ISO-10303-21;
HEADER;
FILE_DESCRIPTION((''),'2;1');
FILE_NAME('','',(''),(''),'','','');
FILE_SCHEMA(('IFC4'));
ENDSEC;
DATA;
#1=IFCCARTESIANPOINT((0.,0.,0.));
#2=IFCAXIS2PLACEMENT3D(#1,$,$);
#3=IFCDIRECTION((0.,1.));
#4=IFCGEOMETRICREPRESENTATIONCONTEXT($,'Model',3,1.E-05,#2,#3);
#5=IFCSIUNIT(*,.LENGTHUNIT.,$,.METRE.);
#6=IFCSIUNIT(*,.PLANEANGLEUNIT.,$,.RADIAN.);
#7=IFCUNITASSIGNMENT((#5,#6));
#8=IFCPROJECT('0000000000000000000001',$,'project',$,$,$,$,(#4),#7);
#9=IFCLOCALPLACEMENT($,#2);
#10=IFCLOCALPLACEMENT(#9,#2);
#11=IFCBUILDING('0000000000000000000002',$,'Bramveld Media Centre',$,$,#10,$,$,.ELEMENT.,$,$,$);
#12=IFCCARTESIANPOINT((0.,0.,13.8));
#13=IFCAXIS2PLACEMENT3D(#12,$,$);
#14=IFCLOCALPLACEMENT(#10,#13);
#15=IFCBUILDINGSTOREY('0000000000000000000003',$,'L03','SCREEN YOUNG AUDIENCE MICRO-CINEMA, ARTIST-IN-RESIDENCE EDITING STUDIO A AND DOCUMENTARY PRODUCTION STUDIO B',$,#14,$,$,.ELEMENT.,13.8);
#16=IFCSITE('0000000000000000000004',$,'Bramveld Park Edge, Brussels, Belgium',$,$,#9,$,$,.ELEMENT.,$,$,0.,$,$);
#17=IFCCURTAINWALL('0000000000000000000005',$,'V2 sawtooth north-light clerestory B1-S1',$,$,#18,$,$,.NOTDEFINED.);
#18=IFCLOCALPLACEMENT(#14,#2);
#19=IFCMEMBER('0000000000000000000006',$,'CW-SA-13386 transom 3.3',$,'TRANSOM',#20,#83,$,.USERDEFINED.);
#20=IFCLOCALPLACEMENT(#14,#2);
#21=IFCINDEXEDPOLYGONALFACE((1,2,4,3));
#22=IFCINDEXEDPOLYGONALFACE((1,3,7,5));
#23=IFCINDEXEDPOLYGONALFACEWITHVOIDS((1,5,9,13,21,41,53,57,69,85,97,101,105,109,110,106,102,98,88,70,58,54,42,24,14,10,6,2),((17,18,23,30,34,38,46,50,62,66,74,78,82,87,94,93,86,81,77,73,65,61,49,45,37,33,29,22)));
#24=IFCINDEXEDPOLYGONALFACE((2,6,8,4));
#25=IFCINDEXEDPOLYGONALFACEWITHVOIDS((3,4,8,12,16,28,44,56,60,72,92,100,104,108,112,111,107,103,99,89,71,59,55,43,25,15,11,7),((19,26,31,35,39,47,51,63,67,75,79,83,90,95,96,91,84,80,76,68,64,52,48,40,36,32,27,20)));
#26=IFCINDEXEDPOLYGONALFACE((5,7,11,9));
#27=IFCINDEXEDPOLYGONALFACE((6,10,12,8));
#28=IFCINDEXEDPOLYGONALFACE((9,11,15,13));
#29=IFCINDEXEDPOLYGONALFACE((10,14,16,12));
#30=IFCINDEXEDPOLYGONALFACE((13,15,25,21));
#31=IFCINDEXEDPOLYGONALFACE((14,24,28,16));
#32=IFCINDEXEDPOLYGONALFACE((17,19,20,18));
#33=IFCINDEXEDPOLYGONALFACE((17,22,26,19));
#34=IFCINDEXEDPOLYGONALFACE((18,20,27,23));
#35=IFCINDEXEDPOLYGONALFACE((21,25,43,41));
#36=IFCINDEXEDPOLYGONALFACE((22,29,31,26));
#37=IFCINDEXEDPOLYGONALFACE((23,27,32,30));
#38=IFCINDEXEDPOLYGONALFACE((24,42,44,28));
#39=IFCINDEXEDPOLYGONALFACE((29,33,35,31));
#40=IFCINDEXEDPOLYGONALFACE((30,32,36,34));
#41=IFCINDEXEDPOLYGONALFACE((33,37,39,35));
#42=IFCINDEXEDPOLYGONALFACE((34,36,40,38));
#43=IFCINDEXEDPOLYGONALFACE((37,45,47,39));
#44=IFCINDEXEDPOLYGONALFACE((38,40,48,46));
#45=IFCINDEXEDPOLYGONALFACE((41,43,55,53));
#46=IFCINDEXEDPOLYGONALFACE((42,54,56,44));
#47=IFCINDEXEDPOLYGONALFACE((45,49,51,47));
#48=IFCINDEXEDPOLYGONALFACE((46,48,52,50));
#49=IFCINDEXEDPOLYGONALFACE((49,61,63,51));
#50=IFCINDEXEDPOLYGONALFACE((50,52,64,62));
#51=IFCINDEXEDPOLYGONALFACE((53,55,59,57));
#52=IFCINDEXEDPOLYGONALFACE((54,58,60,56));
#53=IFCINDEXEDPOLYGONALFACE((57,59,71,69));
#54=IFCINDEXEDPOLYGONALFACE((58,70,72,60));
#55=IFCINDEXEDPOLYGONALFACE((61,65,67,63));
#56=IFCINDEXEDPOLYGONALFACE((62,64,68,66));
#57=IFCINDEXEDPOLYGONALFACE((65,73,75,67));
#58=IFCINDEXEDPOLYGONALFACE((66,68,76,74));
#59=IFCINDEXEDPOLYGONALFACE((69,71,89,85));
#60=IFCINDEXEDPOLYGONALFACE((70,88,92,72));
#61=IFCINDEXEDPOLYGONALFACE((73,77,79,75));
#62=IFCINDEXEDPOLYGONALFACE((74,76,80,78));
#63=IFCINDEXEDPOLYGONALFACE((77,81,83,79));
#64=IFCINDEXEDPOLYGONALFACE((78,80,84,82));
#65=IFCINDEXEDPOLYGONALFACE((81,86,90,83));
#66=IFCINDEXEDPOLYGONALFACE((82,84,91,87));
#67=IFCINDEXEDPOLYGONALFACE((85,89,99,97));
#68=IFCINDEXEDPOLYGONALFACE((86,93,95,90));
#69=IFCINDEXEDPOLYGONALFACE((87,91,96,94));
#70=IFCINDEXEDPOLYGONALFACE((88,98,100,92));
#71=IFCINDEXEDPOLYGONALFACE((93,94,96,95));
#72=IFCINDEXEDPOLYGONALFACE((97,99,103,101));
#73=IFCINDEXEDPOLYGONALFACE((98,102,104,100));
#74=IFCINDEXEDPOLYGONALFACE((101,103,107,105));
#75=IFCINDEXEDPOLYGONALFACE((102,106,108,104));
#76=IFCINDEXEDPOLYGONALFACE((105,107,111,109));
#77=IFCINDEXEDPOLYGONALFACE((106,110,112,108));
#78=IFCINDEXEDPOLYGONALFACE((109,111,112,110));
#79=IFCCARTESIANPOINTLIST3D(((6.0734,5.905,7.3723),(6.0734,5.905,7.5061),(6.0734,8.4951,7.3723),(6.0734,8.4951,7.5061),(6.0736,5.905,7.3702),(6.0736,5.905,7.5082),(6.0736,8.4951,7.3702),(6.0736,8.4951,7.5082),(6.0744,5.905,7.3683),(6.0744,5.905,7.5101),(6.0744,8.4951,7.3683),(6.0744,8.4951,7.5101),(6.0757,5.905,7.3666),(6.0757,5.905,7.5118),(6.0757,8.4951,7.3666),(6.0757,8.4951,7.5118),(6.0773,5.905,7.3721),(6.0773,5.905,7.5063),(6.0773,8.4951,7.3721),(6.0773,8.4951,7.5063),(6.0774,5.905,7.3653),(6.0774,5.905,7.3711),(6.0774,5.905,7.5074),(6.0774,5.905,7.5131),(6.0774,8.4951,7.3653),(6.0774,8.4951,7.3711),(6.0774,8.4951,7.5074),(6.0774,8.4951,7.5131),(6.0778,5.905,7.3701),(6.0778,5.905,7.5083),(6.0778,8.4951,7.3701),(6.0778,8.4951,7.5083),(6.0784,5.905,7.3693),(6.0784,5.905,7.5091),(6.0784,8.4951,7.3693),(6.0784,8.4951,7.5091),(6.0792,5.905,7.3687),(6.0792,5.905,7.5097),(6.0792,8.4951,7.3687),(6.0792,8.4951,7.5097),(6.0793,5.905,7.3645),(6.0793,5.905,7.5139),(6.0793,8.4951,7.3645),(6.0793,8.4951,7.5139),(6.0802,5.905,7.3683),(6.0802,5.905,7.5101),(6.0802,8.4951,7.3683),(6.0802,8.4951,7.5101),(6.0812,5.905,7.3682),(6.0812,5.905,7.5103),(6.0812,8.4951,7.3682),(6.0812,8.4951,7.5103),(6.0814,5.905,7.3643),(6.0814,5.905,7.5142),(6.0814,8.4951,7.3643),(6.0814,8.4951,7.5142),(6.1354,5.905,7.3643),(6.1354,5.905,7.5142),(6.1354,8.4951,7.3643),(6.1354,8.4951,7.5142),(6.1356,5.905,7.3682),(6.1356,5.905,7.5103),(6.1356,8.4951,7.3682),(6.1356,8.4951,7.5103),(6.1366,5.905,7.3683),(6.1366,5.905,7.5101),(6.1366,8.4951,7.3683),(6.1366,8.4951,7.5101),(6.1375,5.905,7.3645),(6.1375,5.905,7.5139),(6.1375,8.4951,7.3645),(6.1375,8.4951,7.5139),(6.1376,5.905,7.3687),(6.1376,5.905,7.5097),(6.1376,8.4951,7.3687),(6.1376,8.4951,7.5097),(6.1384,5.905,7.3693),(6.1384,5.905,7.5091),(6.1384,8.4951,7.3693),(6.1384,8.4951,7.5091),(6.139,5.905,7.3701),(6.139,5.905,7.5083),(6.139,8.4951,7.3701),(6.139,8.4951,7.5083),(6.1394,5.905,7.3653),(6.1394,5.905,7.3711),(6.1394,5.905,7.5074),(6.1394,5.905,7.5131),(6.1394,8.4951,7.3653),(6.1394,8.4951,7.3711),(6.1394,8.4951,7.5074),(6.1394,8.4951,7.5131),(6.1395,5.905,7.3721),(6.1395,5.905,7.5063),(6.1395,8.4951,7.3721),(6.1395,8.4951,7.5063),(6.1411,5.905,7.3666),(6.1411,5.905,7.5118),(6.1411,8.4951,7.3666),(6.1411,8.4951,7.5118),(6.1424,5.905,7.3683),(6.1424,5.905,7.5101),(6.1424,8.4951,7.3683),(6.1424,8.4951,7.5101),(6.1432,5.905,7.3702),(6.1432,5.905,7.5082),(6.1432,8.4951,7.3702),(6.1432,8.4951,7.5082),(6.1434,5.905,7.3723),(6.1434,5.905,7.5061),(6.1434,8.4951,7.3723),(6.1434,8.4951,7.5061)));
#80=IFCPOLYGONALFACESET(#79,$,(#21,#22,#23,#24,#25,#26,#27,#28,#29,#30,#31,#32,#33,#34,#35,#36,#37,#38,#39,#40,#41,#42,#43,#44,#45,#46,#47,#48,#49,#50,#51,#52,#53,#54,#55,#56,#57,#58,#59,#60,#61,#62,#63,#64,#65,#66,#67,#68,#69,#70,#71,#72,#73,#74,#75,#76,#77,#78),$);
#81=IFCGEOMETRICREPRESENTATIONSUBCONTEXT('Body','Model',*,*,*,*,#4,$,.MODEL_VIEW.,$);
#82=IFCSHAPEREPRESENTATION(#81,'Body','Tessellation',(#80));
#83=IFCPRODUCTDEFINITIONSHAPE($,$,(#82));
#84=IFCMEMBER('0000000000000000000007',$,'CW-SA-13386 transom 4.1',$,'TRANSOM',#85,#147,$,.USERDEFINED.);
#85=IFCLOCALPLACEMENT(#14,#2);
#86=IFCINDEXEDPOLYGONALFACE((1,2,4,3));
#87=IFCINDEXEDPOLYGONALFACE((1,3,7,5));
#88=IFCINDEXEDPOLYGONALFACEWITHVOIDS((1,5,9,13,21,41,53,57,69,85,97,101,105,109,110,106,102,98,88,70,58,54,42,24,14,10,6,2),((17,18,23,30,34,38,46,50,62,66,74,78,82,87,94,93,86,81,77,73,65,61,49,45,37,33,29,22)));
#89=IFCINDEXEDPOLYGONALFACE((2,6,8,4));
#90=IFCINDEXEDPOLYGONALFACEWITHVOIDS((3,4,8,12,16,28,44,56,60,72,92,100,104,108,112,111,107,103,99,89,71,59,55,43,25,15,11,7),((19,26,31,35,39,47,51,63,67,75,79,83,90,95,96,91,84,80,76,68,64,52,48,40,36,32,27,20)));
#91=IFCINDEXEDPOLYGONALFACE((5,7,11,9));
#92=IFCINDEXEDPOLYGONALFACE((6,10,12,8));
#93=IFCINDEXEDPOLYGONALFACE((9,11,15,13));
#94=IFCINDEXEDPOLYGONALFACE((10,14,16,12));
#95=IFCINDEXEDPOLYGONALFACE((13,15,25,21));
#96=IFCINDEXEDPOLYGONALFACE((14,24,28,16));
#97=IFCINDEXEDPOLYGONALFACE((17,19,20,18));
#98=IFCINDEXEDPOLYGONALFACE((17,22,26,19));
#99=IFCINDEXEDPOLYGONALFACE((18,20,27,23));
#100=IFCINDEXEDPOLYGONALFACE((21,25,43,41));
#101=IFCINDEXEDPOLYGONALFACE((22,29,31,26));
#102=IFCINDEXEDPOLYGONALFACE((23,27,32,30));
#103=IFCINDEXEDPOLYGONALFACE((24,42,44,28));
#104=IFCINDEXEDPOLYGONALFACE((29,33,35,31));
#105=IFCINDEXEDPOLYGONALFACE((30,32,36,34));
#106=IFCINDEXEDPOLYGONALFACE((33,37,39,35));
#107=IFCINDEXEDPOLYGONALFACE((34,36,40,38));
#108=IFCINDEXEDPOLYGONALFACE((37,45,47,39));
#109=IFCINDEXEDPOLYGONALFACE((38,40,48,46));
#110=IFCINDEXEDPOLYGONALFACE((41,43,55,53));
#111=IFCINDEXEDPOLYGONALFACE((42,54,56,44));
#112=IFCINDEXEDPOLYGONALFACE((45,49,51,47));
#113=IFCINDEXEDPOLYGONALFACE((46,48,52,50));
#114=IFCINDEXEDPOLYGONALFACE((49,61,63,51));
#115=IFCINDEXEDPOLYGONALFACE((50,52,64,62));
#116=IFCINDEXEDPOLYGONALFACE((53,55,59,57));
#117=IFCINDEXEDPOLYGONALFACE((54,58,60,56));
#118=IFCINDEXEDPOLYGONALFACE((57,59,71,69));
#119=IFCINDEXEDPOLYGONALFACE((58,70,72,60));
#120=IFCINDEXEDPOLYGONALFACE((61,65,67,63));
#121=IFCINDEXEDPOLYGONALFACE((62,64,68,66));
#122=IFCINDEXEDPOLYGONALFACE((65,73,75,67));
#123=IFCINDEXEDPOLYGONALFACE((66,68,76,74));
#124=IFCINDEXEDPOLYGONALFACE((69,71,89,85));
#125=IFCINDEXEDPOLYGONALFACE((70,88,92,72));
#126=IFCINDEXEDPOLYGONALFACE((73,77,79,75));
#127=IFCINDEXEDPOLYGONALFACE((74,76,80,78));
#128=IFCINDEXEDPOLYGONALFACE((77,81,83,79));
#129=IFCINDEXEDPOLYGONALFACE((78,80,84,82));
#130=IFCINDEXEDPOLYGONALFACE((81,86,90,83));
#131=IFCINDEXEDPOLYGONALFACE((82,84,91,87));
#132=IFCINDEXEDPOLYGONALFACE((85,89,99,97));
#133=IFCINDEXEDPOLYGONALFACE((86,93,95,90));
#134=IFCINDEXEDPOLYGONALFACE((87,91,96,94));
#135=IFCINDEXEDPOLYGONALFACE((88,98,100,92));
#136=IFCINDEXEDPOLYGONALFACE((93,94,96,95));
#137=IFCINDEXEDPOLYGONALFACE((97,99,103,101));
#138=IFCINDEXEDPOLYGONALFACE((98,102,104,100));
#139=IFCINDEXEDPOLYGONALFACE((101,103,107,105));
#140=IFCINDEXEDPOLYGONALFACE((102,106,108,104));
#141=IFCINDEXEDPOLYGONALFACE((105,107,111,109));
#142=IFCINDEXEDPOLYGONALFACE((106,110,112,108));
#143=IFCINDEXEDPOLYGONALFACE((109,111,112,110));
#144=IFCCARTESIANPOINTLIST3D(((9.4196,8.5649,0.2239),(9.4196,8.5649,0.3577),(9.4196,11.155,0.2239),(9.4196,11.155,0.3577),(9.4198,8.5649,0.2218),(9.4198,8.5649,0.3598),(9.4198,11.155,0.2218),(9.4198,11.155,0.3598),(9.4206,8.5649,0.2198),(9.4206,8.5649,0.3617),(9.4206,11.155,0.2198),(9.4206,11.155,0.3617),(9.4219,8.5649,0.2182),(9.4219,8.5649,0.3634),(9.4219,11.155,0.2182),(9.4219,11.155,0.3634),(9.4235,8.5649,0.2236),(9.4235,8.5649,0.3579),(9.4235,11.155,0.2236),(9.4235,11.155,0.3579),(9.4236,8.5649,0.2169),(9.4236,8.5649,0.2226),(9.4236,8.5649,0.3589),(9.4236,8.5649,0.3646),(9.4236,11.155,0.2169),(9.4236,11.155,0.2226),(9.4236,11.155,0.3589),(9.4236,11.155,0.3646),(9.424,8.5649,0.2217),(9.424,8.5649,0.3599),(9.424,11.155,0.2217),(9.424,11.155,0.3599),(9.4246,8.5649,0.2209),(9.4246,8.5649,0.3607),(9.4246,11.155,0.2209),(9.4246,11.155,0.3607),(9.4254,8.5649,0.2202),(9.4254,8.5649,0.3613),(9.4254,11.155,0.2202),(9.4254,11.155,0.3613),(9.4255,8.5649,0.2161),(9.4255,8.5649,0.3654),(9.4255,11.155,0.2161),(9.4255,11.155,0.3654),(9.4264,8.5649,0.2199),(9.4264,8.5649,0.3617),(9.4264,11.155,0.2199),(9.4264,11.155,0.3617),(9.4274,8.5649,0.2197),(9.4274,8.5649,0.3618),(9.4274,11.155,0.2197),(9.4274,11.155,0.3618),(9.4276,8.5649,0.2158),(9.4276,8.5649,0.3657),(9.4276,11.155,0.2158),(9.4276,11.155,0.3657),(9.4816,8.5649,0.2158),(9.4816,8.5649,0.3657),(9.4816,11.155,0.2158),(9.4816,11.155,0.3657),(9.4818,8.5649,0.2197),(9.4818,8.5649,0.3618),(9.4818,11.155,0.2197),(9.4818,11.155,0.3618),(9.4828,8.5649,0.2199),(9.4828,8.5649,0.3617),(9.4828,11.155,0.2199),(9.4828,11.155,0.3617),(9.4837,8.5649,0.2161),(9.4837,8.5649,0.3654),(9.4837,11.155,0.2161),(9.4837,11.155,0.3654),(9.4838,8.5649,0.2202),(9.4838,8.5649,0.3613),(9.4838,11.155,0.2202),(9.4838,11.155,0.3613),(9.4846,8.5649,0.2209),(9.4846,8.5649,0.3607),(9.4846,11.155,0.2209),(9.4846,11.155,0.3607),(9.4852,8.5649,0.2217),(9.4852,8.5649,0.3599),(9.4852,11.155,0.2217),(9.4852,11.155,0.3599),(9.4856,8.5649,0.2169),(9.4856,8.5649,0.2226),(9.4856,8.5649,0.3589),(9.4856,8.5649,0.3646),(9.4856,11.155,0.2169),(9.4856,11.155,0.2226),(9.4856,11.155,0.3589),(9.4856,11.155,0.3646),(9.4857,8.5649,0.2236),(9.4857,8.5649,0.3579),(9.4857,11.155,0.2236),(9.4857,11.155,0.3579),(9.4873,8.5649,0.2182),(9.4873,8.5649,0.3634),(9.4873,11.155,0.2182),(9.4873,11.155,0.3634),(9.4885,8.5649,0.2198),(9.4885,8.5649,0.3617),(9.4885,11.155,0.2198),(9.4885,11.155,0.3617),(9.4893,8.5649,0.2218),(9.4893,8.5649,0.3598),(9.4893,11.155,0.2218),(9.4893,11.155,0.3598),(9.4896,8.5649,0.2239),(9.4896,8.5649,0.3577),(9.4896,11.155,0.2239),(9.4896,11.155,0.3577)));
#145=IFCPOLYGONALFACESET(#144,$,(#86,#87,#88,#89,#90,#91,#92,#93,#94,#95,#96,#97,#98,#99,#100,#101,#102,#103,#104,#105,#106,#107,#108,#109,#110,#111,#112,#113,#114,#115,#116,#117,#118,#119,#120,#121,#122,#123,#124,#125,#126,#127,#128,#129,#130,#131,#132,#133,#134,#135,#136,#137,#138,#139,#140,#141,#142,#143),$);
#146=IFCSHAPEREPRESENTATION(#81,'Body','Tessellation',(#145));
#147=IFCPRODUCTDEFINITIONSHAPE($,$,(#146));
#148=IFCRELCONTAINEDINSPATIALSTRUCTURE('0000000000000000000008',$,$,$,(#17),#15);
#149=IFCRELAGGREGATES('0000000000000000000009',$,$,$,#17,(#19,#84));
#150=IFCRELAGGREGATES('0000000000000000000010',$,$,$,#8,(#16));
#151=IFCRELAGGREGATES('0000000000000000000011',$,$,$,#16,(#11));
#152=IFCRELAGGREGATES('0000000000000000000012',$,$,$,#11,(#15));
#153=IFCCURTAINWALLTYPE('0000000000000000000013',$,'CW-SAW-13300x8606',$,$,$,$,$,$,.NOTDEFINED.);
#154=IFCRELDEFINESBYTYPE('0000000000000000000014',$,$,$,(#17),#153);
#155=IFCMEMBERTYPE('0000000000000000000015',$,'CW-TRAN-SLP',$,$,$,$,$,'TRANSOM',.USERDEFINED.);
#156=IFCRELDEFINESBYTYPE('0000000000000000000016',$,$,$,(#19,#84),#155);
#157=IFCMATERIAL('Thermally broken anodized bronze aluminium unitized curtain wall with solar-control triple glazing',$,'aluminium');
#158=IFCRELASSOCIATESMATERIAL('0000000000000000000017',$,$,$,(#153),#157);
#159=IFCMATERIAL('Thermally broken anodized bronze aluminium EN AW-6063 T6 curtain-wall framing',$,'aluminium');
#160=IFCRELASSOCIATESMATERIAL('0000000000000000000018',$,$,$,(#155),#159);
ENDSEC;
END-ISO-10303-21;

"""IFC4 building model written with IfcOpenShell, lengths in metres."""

from ifc_helpers import new_model, si_unit, direction, frame, origin, origin_2d, place, context, subcontext, project, spatial, hollow_rectangle, extrude, material, material_profile, profile_set, type_object, element, aggregate, save


model = new_model("IFC4")

# Units and contexts
model_context = context("Model", 3, precision=1e-05, world=origin(), true_north=direction((0.0, 1.0)))
body_context = subcontext(model_context, "Body", "Model", "MODEL_VIEW")
ifc_project = project(units=[si_unit("LENGTHUNIT", "METRE"), si_unit("PLANEANGLEUNIT", "RADIAN")], contexts=[model_context])

# Site, building, storey
site_placement = place(None, origin())
site = spatial("IfcSite", under=ifc_project, at=site_placement, Name="Bramveld Park Edge, Brussels, Belgium", CompositionType="ELEMENT", RefElevation=0.0)
building_placement = place(site_placement, origin())
building = spatial("IfcBuilding", under=site, at=building_placement, Name="Bramveld Media Centre", CompositionType="ELEMENT")
storey_placement = place(building_placement, frame((0.0, 0.0, 13.8)))
storey = spatial("IfcBuildingStorey", under=building, at=storey_placement, Name="L03", Description="SCREEN YOUNG AUDIENCE MICRO-CINEMA, ARTIST-IN-RESIDENCE EDITING STUDIO A AND DOCUMENTARY PRODUCTION STUDIO B", CompositionType="ELEMENT", Elevation=13.8)

# Curtain wall, members
ifc_material_1 = material(Name="Thermally broken anodized bronze aluminium unitized curtain wall with solar-control triple glazing", Category="aluminium")
curtain_wall_type = type_object("IfcCurtainWallType", Name="CW-SAW-13300x8606", PredefinedType="NOTDEFINED", material=ifc_material_1)
curtain_wall_1_placement = place(storey_placement, origin())
curtain_wall_1 = element("IfcCurtainWall", 1, at=curtain_wall_1_placement, inside=storey, type_object=curtain_wall_type, Name="V2 sawtooth north-light clerestory B1-S1", PredefinedType="NOTDEFINED")
ifc_material_2 = material(Name="Thermally broken anodized bronze aluminium EN AW-6063 T6 curtain-wall framing", Category="aluminium")
ifc_material_profile_1 = material_profile(ifc_material_2, hollow_rectangle(XDim=0.0701, YDim=0.1499, WallThickness=0.0039, InnerFilletRadius=0.0039, OuterFilletRadius=0.0081, at=origin_2d()), Name="AL-TRAN 70x150")
ifc_profile_set_1 = profile_set([ifc_material_profile_1], Name="Thermally broken anodized bronze aluminium EN AW-6063 T6 curtain-wall framing")
member_type_1 = type_object("IfcMemberType", Name="CW-TRAN-SLP", ElementType="TRANSOM", PredefinedType="USERDEFINED", material=ifc_profile_set_1)
member_1_placement = place(storey_placement, frame((6.1084, 5.905, 7.4392), z_axis=(0.0, 1.0, 0.0), x_axis=(-1.0, 0.0, 0.0)))
member_1 = element("IfcMember", 2, at=member_1_placement, type_object=member_type_1, Name="CW-SA-13386 transom 3.3", ObjectType="TRANSOM", PredefinedType="USERDEFINED", context=body_context, shape_type="SweptSolid", body=[
    extrude(hollow_rectangle(XDim=0.0701, YDim=0.1499, WallThickness=0.0039, InnerFilletRadius=0.0039, OuterFilletRadius=0.0081, at=origin_2d()), origin(), (0.0, 0.0, 1.0), 2.5901),
])
member_2_placement = place(storey_placement, frame((9.4546, 8.5649, 0.2908), z_axis=(0.0, 1.0, 0.0), x_axis=(-1.0, 0.0, 0.0)))
member_2 = element("IfcMember", 3, at=member_2_placement, type_object=member_type_1, Name="CW-SA-13386 transom 4.1", ObjectType="TRANSOM", PredefinedType="USERDEFINED", context=body_context, shape_type="SweptSolid", body=[
    extrude(hollow_rectangle(XDim=0.0701, YDim=0.1499, WallThickness=0.0039, InnerFilletRadius=0.0039, OuterFilletRadius=0.0081, at=origin_2d()), origin(), (0.0, 0.0, 1.0), 2.5901),
])

aggregate(curtain_wall_1, [member_1, member_2])

save(model, "model.ifc")
